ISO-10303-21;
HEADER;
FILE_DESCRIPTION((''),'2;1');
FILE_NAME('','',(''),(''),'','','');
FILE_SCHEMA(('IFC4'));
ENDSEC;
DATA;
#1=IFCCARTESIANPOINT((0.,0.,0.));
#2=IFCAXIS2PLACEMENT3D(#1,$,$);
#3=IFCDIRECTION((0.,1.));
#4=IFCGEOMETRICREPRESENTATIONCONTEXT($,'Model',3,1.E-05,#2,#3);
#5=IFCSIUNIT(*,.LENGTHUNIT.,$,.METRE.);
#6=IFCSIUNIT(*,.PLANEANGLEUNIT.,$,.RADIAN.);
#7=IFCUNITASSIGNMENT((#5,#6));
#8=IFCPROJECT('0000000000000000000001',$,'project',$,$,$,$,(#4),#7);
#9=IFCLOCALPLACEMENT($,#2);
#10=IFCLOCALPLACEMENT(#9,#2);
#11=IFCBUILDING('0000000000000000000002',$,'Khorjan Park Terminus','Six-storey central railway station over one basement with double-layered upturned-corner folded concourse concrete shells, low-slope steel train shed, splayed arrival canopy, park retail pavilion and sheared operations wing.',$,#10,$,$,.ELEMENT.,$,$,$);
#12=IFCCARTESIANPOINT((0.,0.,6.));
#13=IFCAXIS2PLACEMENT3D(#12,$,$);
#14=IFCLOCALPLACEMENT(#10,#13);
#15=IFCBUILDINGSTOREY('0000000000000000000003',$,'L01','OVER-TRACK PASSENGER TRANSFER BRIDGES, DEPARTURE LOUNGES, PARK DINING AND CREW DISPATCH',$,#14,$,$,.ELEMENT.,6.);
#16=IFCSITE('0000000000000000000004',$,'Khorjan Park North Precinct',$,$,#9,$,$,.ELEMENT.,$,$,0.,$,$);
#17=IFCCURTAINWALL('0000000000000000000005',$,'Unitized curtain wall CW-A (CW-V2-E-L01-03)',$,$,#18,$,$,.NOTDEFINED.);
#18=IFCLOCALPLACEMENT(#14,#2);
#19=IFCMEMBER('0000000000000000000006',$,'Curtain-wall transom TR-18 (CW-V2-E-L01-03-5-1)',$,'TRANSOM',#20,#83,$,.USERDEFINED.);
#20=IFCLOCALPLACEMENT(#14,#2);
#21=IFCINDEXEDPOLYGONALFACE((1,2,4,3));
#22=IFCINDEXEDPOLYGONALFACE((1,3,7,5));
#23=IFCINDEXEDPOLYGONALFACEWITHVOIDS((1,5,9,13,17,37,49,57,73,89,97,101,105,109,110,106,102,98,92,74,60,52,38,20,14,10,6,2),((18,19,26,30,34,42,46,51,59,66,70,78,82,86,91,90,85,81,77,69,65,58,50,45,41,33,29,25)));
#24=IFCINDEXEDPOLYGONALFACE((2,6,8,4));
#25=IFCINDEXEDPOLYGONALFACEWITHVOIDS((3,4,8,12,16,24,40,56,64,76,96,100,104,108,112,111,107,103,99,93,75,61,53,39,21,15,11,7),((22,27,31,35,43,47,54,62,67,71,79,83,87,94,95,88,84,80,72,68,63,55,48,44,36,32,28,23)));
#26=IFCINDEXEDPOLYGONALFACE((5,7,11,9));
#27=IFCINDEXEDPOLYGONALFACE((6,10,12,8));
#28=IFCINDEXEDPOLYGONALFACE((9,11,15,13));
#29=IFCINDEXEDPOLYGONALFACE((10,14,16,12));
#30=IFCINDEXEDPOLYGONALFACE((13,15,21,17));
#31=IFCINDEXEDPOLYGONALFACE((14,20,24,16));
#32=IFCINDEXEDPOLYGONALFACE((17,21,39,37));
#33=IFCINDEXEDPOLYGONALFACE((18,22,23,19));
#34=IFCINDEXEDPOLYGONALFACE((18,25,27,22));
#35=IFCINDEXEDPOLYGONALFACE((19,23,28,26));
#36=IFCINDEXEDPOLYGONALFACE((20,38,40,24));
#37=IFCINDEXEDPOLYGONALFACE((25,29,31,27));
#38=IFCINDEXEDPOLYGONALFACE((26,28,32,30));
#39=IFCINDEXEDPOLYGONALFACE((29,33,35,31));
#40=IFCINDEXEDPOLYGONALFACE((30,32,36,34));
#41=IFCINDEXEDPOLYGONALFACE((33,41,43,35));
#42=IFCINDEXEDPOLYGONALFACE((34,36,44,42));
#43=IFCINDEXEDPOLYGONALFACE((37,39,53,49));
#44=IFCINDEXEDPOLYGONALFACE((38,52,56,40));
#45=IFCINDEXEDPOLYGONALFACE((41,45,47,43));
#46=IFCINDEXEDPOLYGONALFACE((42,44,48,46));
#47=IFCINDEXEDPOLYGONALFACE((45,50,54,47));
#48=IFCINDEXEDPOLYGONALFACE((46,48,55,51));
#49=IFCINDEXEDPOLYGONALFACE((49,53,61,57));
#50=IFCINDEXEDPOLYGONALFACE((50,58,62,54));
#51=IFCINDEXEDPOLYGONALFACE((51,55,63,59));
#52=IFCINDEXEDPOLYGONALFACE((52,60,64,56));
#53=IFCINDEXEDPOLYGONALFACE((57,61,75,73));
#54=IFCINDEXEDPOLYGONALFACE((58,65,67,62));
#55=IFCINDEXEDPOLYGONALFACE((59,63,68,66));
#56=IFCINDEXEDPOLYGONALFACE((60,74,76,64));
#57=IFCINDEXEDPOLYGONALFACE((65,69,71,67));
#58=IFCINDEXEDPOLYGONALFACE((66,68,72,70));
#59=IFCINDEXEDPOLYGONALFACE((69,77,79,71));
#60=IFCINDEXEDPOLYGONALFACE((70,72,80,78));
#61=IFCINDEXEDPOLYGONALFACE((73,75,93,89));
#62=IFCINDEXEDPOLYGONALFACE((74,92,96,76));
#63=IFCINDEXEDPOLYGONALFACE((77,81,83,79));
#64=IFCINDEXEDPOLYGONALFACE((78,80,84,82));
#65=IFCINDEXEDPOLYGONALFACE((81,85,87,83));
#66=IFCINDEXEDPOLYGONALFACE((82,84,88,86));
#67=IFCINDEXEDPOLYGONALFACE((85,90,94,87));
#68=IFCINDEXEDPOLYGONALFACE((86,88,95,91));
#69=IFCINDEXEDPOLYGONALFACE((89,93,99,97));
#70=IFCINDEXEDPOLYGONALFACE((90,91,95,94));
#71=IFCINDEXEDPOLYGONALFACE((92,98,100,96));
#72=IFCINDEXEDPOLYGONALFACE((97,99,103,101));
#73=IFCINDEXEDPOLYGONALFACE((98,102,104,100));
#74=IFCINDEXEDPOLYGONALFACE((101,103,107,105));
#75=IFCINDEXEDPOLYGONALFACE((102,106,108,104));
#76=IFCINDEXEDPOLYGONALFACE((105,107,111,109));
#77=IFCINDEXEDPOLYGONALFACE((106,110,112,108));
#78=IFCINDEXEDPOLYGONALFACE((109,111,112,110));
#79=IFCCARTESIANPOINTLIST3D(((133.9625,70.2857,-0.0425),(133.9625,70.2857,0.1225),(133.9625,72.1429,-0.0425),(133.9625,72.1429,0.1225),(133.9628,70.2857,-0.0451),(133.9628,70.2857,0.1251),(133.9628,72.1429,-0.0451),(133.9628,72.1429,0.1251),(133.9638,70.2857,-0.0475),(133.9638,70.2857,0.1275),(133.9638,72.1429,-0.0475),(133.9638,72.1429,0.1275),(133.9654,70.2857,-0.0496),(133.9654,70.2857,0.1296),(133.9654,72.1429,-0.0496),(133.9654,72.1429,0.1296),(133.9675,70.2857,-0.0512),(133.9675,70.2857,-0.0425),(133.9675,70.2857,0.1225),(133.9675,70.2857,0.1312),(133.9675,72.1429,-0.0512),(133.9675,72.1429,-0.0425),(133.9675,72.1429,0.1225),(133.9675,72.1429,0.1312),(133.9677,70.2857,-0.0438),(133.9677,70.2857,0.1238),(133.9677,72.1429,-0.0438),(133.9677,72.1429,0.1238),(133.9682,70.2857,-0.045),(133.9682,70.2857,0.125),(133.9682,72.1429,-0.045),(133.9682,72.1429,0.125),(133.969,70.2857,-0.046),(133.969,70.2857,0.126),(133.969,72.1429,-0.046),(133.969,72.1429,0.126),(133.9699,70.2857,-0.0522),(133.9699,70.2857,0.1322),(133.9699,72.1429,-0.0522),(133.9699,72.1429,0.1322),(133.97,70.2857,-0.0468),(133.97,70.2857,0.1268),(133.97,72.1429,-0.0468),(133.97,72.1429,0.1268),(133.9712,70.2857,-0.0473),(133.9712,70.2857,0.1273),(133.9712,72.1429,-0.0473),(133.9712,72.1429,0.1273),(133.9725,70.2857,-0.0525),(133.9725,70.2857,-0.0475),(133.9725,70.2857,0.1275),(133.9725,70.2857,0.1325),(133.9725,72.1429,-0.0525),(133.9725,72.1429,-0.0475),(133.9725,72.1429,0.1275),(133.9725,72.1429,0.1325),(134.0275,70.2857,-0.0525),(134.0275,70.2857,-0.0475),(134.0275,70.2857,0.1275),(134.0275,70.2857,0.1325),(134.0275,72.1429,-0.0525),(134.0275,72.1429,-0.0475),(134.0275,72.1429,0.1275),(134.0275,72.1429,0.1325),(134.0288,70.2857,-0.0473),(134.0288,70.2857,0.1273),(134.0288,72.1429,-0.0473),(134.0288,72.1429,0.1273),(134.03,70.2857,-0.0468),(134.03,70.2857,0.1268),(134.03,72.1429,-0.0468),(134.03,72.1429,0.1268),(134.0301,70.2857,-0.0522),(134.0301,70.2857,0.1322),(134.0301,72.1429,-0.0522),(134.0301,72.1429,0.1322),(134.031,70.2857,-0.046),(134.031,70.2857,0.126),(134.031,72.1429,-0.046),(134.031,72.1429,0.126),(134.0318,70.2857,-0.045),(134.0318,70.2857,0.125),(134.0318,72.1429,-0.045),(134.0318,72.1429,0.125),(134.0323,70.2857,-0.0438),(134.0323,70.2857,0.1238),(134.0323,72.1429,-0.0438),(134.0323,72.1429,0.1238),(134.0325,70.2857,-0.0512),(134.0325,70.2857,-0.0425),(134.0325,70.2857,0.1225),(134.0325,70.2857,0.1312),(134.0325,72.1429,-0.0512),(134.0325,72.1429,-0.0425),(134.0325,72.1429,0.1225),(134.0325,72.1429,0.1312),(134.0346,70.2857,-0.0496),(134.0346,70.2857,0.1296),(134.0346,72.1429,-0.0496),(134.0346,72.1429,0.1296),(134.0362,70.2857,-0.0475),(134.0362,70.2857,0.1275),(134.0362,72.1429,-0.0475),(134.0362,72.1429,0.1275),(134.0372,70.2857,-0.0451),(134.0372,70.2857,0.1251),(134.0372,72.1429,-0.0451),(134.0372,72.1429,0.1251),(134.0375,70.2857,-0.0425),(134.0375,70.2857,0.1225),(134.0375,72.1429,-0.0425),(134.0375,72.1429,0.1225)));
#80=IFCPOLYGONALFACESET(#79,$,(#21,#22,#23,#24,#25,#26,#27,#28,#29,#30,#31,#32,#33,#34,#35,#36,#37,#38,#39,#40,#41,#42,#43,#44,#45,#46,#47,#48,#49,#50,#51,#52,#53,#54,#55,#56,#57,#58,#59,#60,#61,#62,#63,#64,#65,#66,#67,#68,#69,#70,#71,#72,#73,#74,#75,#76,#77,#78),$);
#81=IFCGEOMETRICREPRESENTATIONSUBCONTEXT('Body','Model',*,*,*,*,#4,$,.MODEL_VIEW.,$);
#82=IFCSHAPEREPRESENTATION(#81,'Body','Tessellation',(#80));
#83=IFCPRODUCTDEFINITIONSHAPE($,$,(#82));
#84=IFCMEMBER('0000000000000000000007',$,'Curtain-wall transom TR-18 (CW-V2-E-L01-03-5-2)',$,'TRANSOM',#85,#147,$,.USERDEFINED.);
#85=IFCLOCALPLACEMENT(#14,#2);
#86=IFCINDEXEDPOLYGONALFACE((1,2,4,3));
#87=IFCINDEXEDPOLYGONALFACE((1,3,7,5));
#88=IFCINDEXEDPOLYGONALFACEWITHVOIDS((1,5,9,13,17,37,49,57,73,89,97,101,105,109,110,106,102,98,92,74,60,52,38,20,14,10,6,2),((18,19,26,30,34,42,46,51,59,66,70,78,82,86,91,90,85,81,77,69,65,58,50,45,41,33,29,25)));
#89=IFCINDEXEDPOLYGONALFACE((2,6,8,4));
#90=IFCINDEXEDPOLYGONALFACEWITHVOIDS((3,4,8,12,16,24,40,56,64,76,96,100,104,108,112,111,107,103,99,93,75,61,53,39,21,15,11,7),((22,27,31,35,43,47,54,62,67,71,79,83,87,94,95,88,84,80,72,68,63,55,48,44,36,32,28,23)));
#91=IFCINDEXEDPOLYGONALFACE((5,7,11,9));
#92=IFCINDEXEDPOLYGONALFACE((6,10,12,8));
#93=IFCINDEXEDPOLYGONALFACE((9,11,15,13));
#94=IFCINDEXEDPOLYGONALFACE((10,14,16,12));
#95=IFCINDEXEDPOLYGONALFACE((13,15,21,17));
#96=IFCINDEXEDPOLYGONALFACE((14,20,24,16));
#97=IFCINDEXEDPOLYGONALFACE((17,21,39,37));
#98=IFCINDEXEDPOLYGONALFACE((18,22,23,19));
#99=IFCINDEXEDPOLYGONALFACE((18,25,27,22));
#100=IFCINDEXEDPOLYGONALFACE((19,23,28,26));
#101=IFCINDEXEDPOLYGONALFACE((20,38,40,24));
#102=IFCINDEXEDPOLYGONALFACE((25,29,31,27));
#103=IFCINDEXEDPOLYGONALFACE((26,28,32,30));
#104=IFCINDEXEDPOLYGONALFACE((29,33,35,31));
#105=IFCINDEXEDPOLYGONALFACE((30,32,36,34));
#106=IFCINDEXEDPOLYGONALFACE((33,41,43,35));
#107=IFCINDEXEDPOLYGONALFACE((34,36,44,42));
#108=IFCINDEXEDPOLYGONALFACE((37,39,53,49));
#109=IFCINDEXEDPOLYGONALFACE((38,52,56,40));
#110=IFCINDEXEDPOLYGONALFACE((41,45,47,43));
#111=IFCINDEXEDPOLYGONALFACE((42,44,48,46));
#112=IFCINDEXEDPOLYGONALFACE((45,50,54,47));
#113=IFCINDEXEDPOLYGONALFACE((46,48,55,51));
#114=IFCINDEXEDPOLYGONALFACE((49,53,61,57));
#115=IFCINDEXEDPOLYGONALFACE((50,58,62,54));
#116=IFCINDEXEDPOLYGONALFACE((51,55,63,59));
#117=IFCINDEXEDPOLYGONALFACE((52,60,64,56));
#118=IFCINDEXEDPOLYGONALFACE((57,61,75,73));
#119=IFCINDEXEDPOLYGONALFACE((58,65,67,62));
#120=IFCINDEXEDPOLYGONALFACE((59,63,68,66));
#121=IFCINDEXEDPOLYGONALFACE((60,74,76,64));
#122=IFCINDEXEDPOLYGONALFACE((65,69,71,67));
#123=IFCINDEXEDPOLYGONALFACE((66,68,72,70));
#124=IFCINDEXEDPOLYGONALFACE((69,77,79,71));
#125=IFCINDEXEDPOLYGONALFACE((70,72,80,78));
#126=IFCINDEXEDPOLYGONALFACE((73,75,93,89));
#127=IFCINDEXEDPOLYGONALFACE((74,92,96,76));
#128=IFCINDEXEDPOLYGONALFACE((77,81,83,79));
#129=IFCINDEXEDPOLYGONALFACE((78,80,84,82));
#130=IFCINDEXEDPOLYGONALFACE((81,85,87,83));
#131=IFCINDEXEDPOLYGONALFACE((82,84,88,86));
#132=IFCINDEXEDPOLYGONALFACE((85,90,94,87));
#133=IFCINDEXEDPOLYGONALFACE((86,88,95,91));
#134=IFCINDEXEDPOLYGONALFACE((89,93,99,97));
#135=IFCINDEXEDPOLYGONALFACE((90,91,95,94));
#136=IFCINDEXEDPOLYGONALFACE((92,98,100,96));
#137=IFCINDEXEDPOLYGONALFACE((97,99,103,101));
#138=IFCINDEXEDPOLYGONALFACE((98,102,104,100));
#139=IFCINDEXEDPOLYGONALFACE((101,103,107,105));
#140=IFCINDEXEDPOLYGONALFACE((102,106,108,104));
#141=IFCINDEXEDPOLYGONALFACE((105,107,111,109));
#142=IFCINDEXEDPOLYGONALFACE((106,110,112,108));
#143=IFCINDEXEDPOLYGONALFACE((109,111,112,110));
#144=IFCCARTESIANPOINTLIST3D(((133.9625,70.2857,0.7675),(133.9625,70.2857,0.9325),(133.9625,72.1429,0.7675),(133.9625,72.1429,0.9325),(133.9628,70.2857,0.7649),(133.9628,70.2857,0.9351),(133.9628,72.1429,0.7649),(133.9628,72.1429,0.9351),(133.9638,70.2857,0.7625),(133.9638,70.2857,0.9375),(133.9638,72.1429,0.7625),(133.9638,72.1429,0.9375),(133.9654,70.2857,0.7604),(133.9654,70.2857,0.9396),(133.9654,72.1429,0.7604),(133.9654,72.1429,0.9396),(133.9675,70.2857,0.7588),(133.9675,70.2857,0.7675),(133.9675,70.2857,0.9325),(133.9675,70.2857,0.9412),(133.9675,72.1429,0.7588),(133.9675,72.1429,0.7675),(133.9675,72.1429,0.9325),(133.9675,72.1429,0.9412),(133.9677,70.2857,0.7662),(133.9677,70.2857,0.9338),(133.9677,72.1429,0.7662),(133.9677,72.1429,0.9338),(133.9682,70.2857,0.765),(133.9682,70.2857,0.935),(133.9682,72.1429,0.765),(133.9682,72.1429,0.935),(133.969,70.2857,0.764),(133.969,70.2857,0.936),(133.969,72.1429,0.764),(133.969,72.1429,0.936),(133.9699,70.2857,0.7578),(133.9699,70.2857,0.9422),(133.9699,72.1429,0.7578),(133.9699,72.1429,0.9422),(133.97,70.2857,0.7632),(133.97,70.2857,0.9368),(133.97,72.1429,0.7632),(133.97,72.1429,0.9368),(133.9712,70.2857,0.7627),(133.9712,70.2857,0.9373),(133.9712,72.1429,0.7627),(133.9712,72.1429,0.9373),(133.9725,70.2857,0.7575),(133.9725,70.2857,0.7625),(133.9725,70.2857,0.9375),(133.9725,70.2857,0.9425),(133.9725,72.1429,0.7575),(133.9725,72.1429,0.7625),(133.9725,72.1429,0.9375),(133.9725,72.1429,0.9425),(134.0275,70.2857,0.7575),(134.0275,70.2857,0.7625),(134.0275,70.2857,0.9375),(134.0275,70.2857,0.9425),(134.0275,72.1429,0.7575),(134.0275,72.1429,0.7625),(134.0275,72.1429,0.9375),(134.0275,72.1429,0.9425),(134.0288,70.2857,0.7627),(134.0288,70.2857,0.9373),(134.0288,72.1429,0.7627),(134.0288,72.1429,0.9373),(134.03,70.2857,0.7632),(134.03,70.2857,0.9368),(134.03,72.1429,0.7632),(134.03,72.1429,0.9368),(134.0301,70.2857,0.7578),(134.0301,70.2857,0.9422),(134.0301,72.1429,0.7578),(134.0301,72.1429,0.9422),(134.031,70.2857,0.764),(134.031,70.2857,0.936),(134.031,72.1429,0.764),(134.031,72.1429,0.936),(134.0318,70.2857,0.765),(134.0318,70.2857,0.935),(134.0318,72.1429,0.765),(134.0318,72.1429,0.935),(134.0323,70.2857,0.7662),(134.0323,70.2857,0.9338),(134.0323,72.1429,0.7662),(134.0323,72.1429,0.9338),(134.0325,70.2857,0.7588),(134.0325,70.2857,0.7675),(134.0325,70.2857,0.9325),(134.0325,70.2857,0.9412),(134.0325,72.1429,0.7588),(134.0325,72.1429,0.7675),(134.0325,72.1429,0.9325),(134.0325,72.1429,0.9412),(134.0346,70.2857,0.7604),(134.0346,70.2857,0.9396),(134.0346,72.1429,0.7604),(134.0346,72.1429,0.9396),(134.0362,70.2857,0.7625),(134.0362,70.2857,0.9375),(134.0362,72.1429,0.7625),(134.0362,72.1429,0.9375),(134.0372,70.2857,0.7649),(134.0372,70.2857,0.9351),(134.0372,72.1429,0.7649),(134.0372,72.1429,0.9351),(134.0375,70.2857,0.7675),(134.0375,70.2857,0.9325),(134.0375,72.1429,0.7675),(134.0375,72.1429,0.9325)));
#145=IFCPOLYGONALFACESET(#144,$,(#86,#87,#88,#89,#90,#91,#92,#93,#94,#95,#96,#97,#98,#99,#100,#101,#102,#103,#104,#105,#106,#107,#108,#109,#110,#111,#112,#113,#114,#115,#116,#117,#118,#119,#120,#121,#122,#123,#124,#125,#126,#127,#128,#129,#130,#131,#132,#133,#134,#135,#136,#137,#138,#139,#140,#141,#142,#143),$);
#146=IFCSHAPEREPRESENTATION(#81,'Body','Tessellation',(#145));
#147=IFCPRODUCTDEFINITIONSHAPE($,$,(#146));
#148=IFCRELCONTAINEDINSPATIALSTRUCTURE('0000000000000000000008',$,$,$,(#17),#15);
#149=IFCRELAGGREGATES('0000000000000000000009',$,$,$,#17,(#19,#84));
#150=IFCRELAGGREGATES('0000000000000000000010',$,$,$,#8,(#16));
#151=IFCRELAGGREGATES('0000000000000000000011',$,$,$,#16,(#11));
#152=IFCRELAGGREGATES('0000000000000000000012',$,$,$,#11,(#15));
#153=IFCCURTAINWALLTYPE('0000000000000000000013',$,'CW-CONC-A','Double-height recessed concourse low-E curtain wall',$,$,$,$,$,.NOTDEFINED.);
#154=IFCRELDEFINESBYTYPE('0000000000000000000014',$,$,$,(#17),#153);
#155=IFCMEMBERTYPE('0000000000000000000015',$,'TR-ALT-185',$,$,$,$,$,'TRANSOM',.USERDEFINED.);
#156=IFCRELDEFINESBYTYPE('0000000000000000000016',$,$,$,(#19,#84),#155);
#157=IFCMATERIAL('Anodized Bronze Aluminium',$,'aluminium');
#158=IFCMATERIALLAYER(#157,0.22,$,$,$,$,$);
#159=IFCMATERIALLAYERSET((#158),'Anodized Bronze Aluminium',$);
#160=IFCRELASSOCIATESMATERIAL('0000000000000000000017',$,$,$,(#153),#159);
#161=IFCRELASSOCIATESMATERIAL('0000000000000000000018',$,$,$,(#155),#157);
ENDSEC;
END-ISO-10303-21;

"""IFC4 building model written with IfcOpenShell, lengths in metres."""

from ifc_helpers import new_model, si_unit, direction, frame, origin, origin_2d, place, context, subcontext, project, spatial, hollow_rectangle, extrude, material, layer, layer_set, material_profile, profile_set, type_object, element, aggregate, save


model = new_model("IFC4")

# Units and contexts
model_context = context("Model", 3, precision=1e-05, world=origin(), true_north=direction((0.0, 1.0)))
body_context = subcontext(model_context, "Body", "Model", "MODEL_VIEW")
ifc_project = project(units=[si_unit("LENGTHUNIT", "METRE"), si_unit("PLANEANGLEUNIT", "RADIAN")], contexts=[model_context])

# Site, building, storey
site_placement = place(None, origin())
site = spatial("IfcSite", under=ifc_project, at=site_placement, Name="Khorjan Park North Precinct", CompositionType="ELEMENT", RefElevation=0.0)
building_placement = place(site_placement, origin())
building = spatial("IfcBuilding", under=site, at=building_placement, Name="Khorjan Park Terminus", Description="Six-storey central railway station over one basement with double-layered upturned-corner folded concourse concrete shells, low-slope steel train shed, splayed arrival canopy, park retail pavilion and sheared operations wing.", CompositionType="ELEMENT")
storey_placement = place(building_placement, frame((0.0, 0.0, 6.0)))
storey = spatial("IfcBuildingStorey", under=building, at=storey_placement, Name="L01", Description="OVER-TRACK PASSENGER TRANSFER BRIDGES, DEPARTURE LOUNGES, PARK DINING AND CREW DISPATCH", CompositionType="ELEMENT", Elevation=6.0)

# Shared definitions
ifc_material_1 = material(Name="Anodized Bronze Aluminium", Category="aluminium")
ifc_layer_1 = layer(ifc_material_1, 0.22)
ifc_layer_set_1 = layer_set([ifc_layer_1], Name="Anodized Bronze Aluminium")
curtain_wall_type = type_object("IfcCurtainWallType", Name="CW-CONC-A", Description="Double-height recessed concourse low-E curtain wall", PredefinedType="NOTDEFINED", material=ifc_layer_set_1)

# Curtain wall
curtain_wall_1_placement = place(storey_placement, origin())
curtain_wall_1 = element("IfcCurtainWall", 1, at=curtain_wall_1_placement, inside=storey, type_object=curtain_wall_type, Name="Unitized curtain wall CW-A (CW-V2-E-L01-03)", PredefinedType="NOTDEFINED")

# Members
ifc_material_profile_1 = material_profile(ifc_material_1, hollow_rectangle(XDim=0.075, YDim=0.185, WallThickness=0.005, InnerFilletRadius=0.005, OuterFilletRadius=0.01, at=origin_2d()), Name="ALT 75x185x5")
ifc_profile_set_1 = profile_set([ifc_material_profile_1], Name="Anodized Bronze Aluminium")
member_type_1 = type_object("IfcMemberType", Name="TR-ALT-185", ElementType="TRANSOM", PredefinedType="USERDEFINED", material=ifc_profile_set_1)
member_1_placement = place(storey_placement, frame((134.0, 70.2857, 0.04), z_axis=(0.0, 1.0, 0.0), x_axis=(-1.0, 0.0, 0.0)))
member_1 = element("IfcMember", 2, at=member_1_placement, type_object=member_type_1, Name="Curtain-wall transom TR-18 (CW-V2-E-L01-03-5-1)", ObjectType="TRANSOM", PredefinedType="USERDEFINED", context=body_context, shape_type="SweptSolid", body=[
    extrude(hollow_rectangle(XDim=0.075, YDim=0.185, WallThickness=0.005, InnerFilletRadius=0.005, OuterFilletRadius=0.01, at=origin_2d()), origin(), (0.0, 0.0, 1.0), 1.8572),
])
member_2_placement = place(storey_placement, frame((134.0, 70.2857, 0.85), z_axis=(0.0, 1.0, 0.0), x_axis=(-1.0, 0.0, 0.0)))
member_2 = element("IfcMember", 3, at=member_2_placement, type_object=member_type_1, Name="Curtain-wall transom TR-18 (CW-V2-E-L01-03-5-2)", ObjectType="TRANSOM", PredefinedType="USERDEFINED", context=body_context, shape_type="SweptSolid", body=[
    extrude(hollow_rectangle(XDim=0.075, YDim=0.185, WallThickness=0.005, InnerFilletRadius=0.005, OuterFilletRadius=0.01, at=origin_2d()), origin(), (0.0, 0.0, 1.0), 1.8572),
])

aggregate(curtain_wall_1, [member_1, member_2])

save(model, "model.ifc")
